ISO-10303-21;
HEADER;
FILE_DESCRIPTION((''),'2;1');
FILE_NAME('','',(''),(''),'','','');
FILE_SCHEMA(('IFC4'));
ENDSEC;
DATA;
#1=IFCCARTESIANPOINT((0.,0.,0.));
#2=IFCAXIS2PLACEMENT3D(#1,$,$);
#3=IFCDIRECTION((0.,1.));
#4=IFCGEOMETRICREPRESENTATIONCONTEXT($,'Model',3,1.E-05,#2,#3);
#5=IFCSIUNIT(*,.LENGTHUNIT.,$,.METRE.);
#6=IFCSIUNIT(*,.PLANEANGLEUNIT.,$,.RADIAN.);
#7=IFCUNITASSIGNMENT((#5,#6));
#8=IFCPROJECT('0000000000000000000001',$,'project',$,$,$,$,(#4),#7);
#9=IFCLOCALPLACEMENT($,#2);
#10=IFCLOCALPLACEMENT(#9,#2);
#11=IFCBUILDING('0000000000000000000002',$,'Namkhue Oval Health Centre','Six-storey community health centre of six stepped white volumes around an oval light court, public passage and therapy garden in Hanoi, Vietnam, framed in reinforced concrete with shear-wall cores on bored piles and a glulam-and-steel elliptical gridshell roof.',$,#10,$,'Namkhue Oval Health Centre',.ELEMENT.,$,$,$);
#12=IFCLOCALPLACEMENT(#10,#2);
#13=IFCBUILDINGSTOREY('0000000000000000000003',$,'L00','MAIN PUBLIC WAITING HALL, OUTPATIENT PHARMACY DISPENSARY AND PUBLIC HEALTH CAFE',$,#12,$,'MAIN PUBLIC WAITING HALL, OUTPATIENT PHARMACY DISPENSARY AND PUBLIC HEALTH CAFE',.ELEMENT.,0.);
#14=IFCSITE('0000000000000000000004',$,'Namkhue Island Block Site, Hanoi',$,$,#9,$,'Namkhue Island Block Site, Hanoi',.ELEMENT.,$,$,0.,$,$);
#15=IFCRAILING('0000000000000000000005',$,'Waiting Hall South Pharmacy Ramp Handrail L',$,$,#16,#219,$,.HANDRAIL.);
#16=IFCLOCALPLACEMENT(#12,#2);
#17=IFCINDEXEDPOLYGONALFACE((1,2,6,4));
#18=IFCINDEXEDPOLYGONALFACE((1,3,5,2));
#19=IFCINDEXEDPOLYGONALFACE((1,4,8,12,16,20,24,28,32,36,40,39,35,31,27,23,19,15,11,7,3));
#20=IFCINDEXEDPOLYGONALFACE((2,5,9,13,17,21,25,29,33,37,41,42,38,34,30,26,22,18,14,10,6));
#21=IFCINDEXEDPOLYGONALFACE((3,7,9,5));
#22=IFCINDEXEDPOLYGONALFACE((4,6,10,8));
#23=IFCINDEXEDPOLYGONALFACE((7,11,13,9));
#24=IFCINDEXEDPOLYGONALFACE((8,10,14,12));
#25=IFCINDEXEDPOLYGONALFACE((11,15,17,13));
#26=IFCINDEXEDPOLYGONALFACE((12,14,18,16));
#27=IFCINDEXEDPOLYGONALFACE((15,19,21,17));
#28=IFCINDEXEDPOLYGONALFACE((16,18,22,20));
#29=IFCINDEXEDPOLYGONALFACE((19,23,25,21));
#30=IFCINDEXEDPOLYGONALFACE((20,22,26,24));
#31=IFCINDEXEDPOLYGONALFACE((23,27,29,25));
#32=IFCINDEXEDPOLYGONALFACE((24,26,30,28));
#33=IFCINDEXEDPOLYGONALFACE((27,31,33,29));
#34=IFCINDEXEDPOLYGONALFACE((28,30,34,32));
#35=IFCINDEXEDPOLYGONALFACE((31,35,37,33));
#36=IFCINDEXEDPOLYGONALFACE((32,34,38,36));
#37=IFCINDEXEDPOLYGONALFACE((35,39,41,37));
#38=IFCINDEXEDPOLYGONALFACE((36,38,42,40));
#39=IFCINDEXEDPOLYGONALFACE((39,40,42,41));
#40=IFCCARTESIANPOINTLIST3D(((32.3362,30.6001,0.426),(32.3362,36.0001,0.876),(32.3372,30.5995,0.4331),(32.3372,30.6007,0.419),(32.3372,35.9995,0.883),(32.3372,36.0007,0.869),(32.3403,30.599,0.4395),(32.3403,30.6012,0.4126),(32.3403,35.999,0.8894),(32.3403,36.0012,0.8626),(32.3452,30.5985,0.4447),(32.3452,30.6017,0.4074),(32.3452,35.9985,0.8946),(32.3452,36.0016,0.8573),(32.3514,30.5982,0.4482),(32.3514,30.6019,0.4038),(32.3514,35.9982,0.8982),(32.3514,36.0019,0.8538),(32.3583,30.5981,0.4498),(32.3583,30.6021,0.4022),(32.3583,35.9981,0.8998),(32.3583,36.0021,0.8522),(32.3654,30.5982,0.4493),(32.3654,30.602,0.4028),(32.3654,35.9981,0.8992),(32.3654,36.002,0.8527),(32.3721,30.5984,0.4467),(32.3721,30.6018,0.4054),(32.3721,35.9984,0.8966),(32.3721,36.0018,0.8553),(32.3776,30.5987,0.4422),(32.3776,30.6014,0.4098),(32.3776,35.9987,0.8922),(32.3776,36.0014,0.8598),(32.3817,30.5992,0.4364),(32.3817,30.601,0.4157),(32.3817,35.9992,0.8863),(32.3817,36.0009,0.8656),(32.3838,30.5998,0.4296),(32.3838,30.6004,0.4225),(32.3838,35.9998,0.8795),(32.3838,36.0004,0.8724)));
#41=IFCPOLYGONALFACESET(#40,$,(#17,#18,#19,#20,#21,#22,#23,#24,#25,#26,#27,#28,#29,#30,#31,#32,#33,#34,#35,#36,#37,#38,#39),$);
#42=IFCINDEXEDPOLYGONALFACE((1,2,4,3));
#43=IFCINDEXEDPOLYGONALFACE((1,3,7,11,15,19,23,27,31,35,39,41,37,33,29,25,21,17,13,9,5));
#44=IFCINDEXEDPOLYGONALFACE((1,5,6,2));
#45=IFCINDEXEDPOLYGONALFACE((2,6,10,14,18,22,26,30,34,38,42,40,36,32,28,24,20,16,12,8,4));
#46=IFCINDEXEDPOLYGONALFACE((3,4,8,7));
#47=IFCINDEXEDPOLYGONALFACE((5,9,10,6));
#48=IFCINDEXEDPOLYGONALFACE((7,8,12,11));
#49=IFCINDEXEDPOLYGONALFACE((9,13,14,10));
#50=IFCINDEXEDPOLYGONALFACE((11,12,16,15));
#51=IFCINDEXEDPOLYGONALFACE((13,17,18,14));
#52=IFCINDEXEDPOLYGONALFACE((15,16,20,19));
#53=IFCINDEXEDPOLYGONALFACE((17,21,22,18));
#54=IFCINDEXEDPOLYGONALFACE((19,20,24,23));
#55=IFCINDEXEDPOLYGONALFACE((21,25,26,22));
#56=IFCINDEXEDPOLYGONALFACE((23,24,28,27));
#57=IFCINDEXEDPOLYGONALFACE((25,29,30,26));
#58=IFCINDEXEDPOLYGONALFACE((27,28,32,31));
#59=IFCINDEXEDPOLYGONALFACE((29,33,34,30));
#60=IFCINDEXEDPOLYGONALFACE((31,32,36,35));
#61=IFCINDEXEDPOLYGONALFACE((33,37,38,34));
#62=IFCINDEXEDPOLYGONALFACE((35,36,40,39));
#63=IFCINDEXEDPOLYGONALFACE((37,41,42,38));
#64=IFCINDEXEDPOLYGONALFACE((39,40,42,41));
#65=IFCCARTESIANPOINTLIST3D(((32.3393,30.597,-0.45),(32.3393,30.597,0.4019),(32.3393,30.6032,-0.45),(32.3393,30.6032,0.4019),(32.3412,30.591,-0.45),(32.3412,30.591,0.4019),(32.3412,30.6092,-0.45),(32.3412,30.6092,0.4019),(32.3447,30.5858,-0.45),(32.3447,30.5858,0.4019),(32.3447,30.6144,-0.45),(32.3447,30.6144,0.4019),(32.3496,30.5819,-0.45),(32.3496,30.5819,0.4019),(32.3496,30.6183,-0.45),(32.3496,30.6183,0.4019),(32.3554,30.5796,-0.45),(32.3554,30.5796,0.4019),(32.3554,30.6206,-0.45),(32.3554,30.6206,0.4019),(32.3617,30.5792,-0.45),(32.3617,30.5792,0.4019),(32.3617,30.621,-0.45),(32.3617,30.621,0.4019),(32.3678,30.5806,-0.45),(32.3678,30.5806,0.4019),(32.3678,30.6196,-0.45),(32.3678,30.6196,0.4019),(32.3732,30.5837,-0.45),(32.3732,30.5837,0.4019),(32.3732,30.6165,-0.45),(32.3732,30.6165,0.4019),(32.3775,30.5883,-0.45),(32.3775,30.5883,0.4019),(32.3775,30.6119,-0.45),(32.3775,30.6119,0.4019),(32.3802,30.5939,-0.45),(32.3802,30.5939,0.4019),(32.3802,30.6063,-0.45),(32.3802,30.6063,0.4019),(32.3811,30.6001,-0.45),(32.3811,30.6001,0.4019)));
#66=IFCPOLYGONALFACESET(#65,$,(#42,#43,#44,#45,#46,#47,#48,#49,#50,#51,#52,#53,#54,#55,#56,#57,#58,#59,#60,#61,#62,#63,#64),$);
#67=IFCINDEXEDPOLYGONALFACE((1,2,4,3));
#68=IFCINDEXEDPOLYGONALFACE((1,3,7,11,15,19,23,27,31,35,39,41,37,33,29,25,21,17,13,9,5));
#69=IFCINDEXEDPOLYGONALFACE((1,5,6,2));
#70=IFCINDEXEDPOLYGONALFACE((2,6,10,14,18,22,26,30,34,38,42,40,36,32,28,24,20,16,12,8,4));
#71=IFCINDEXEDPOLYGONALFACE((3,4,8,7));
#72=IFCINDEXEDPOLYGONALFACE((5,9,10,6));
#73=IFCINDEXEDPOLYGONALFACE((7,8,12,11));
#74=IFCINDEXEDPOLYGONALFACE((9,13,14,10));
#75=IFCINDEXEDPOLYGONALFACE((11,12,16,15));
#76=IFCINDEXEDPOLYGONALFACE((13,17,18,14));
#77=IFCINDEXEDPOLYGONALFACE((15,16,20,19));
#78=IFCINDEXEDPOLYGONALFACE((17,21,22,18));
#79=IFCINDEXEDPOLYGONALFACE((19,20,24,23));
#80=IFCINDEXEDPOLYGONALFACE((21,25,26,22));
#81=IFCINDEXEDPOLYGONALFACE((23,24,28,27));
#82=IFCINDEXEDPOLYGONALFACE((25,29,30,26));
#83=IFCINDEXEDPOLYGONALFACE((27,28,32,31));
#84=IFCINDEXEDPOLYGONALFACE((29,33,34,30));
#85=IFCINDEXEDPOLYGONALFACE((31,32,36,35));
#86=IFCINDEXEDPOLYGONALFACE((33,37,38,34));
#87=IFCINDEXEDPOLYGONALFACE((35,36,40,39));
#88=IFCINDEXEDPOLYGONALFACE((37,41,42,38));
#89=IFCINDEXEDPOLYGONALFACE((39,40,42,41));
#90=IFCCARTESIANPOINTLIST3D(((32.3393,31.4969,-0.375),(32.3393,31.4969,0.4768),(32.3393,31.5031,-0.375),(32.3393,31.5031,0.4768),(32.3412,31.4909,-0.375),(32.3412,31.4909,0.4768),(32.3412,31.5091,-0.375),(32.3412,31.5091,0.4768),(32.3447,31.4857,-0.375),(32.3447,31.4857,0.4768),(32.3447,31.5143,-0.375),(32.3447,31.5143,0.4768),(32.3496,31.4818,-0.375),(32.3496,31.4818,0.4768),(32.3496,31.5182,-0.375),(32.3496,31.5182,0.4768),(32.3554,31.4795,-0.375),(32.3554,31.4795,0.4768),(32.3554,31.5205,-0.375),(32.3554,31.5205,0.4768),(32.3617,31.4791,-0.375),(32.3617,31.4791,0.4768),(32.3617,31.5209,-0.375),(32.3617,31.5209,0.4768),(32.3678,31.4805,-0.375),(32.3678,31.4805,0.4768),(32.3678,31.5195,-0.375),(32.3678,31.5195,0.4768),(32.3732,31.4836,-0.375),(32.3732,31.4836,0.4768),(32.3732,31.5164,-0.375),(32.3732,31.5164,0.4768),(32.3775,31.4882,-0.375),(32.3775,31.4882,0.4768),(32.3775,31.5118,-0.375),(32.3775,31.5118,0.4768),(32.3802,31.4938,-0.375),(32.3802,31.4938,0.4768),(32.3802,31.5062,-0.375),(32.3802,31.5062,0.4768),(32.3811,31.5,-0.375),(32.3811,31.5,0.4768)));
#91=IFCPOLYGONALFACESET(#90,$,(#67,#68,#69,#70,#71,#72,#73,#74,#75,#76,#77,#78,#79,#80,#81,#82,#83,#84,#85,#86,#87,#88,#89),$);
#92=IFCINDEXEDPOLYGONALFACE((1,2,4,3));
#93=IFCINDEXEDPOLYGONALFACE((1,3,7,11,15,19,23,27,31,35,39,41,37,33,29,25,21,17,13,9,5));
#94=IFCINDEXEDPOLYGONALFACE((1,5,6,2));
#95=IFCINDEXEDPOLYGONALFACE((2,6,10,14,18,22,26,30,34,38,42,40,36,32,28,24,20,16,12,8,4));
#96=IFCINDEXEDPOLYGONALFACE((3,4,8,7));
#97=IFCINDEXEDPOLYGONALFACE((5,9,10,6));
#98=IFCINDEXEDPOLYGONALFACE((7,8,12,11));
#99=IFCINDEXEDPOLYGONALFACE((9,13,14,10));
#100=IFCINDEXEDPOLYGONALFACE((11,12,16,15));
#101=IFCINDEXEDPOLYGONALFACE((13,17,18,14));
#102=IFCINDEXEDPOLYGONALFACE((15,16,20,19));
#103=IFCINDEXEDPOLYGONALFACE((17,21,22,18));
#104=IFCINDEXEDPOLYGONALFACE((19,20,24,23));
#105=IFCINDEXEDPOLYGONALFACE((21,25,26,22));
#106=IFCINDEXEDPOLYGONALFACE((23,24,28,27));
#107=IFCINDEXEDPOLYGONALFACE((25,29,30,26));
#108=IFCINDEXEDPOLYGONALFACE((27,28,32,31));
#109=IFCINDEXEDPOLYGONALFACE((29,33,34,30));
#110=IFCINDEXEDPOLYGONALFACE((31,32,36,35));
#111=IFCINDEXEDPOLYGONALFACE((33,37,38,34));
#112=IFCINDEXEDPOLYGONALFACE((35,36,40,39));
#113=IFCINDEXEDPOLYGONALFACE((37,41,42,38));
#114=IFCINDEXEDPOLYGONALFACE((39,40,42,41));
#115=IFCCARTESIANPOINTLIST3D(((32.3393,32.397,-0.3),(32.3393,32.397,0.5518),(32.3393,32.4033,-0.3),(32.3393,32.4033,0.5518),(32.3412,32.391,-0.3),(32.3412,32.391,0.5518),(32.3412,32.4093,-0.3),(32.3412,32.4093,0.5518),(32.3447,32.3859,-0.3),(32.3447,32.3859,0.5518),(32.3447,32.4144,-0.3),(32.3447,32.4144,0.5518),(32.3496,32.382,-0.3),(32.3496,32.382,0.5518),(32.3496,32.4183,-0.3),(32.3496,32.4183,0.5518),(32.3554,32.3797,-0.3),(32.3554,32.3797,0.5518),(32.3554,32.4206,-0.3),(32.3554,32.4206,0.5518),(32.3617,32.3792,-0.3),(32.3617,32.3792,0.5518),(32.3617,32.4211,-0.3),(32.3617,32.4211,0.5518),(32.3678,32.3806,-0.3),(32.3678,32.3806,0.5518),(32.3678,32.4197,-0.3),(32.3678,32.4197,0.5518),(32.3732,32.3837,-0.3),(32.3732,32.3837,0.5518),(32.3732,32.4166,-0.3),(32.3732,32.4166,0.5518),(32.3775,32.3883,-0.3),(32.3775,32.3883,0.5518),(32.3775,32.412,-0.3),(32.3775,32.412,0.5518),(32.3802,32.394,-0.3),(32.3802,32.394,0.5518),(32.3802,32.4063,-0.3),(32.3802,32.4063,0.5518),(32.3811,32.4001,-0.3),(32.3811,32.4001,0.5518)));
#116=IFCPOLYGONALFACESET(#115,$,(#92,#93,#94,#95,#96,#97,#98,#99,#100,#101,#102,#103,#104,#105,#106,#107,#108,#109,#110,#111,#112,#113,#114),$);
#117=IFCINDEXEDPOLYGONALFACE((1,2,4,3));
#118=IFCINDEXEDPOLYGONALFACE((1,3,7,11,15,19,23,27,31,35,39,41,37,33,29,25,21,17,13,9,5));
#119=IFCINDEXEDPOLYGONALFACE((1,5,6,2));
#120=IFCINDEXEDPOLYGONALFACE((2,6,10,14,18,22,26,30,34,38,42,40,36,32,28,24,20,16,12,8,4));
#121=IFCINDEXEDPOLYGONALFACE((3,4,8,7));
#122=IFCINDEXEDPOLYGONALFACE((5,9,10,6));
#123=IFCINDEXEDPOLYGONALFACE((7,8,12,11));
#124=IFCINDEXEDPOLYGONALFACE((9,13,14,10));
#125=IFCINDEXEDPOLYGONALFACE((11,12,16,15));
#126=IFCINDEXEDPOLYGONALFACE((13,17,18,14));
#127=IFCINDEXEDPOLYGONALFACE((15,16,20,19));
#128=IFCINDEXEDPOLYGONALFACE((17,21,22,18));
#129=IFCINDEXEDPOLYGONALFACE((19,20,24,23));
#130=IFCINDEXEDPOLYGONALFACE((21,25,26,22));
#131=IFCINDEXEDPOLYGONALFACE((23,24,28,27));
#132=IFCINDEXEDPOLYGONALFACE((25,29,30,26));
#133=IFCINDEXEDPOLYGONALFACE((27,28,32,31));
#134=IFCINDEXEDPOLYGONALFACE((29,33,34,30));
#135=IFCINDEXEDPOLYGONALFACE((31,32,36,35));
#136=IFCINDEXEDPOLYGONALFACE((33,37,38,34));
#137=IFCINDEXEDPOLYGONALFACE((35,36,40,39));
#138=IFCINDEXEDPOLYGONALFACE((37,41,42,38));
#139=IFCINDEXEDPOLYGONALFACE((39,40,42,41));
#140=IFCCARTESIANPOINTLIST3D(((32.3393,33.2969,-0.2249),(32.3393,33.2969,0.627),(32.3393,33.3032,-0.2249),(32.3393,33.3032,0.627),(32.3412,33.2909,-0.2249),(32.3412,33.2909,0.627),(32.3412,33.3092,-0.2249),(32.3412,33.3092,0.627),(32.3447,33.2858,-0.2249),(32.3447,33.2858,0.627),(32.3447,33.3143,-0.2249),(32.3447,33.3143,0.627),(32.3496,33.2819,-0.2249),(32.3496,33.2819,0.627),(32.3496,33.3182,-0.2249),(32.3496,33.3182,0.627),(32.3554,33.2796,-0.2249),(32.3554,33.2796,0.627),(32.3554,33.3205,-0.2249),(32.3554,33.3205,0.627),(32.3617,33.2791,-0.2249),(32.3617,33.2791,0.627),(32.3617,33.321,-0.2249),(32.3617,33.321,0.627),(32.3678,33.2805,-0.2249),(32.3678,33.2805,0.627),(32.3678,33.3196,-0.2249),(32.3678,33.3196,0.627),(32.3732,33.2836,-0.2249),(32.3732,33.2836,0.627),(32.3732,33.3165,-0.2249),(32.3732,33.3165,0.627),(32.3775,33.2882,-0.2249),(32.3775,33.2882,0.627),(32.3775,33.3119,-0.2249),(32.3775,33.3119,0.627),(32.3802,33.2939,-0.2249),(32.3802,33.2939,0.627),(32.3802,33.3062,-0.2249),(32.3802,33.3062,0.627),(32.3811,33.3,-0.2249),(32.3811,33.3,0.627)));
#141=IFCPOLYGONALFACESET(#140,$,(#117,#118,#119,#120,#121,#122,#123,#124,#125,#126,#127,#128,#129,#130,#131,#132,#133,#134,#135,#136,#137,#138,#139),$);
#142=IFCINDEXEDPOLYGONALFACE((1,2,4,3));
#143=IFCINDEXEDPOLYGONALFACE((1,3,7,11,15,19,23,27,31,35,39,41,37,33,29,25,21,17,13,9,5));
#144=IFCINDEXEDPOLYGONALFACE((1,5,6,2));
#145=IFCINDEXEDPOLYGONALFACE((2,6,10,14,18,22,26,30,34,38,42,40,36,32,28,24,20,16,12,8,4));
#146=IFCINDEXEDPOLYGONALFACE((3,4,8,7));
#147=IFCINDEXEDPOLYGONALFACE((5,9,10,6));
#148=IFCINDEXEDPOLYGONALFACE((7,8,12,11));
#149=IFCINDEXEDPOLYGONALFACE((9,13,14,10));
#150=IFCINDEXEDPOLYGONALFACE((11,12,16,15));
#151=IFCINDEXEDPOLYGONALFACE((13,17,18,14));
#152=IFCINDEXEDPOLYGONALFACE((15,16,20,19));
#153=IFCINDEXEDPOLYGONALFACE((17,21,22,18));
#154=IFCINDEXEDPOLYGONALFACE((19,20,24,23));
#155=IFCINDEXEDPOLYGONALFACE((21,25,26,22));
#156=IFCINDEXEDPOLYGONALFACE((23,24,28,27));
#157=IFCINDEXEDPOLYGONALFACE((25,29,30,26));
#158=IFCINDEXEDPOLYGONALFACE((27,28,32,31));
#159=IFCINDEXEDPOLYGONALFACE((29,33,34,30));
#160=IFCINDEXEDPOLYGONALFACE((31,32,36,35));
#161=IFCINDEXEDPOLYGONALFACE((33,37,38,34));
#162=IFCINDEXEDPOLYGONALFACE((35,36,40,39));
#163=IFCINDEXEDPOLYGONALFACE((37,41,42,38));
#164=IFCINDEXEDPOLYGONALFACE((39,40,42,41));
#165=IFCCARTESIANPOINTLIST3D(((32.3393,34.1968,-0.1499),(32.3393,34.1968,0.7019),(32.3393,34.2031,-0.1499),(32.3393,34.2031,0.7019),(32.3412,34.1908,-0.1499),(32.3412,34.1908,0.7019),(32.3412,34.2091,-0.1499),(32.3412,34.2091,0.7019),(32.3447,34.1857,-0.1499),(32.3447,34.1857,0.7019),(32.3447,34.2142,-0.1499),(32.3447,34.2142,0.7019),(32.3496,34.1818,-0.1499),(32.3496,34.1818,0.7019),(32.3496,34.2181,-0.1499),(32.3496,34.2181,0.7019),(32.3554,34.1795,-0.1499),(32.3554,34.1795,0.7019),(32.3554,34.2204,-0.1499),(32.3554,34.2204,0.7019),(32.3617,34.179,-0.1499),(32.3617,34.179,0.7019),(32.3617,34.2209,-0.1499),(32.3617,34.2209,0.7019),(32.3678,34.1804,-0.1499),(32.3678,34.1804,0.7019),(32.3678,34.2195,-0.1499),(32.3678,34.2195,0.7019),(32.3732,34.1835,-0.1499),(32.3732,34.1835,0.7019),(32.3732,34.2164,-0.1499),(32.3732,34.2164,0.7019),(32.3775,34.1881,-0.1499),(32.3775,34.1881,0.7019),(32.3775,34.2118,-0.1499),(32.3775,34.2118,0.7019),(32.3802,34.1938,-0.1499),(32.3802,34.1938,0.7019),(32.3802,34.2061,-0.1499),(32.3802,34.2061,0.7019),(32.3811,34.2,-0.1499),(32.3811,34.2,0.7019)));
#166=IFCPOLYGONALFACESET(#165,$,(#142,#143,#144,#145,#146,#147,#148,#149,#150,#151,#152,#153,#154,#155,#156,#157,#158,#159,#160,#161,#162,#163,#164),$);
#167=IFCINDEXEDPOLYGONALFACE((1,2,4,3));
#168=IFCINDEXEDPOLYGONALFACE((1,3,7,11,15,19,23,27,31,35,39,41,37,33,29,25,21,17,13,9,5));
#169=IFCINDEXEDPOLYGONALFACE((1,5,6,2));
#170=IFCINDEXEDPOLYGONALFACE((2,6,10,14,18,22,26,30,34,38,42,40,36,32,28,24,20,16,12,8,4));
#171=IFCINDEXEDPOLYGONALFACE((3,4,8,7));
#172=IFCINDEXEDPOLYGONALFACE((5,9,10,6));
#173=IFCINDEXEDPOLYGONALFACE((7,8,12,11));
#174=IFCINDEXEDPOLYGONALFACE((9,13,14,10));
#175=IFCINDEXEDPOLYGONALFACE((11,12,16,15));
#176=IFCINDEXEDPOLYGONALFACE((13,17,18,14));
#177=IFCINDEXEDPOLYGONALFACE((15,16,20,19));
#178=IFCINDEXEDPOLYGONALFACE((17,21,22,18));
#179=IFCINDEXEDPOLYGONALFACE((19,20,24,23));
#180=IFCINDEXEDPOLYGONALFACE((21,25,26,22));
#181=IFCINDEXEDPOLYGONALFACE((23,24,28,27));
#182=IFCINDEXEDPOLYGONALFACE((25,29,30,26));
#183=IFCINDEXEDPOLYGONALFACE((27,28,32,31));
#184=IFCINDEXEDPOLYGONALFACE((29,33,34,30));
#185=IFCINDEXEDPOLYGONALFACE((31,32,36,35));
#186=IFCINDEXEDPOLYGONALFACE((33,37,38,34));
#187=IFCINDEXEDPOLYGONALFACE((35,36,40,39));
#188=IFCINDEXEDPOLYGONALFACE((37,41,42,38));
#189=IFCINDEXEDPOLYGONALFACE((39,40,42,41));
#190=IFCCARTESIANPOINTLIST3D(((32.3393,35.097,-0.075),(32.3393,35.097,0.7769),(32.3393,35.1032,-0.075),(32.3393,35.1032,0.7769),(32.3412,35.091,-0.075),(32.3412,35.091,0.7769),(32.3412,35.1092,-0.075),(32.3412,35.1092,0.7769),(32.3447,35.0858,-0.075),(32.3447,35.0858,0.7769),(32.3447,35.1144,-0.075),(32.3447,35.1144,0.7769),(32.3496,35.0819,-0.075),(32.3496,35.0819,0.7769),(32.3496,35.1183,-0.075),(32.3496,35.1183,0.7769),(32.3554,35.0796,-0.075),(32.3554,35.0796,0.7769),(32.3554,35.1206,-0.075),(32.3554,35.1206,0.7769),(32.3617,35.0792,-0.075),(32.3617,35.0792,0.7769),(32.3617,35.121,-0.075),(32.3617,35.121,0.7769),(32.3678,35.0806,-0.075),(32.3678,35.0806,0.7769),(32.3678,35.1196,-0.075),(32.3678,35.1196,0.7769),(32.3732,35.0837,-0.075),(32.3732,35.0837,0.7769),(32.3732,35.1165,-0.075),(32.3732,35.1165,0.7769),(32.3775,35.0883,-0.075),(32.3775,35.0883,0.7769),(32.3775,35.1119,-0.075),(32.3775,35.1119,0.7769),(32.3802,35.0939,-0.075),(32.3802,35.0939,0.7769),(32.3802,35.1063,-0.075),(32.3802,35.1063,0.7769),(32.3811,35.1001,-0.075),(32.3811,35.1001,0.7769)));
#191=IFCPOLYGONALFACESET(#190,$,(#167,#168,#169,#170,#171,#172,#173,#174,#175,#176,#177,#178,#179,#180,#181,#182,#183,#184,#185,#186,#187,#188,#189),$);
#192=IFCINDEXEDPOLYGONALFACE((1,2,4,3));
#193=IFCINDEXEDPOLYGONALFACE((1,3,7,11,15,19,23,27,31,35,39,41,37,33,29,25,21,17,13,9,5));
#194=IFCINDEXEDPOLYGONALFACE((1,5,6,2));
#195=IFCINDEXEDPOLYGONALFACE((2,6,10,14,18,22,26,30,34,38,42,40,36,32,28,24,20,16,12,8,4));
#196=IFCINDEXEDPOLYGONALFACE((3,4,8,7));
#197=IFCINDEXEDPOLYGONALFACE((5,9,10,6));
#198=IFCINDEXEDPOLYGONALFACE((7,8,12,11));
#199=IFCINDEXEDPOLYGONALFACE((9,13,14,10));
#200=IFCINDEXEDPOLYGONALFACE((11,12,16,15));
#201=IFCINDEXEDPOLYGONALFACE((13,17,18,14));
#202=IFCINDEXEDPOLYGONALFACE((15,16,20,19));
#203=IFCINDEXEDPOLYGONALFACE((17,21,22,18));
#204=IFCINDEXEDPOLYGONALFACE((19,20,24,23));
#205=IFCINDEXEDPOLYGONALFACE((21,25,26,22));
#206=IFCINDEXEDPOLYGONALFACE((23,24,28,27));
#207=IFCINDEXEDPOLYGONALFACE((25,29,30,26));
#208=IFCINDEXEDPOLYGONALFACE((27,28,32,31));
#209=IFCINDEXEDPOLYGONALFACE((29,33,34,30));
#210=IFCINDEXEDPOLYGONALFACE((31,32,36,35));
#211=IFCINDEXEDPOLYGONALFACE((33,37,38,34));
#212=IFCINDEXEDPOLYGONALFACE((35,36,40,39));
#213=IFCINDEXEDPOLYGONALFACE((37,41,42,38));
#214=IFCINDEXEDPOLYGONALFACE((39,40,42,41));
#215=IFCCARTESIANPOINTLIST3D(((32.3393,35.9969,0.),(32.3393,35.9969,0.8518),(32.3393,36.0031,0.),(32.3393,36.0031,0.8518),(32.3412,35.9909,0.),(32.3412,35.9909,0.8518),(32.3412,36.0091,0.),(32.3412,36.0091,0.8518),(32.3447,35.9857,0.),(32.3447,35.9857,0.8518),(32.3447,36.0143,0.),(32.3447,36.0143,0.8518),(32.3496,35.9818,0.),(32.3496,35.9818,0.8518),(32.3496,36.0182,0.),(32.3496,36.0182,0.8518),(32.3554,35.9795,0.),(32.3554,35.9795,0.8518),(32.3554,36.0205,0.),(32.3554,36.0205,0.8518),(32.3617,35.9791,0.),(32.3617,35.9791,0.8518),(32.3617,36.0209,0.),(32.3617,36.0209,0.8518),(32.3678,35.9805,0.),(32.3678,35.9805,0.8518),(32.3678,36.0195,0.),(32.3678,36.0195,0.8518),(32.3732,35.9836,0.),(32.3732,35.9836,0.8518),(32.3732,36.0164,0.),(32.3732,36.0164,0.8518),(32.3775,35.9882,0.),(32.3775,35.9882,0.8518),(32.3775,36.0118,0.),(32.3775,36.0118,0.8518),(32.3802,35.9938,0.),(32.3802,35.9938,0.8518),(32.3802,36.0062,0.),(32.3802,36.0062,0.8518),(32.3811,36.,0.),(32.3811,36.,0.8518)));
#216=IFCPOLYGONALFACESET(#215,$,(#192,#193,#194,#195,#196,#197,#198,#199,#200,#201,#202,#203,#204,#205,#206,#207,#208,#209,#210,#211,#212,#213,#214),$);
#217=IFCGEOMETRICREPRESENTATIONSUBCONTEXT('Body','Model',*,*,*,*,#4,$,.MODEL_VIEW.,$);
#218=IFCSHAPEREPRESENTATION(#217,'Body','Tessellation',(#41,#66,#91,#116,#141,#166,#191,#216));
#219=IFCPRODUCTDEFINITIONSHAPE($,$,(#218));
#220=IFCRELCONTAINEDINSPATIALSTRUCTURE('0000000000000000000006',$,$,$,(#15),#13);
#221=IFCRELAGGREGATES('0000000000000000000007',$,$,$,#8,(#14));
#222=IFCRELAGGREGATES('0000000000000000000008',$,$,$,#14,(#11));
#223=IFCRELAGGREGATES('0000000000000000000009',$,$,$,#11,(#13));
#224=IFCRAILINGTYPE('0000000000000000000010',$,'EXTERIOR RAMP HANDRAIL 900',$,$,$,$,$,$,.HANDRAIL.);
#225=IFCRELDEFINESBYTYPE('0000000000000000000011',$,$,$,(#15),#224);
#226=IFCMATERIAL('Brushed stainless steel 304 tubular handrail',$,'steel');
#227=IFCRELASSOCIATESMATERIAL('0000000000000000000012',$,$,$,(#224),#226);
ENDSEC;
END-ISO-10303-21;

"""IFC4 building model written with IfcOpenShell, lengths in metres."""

from ifc_helpers import new_model, si_unit, direction, frame, origin, origin_2d, place, context, subcontext, project, spatial, circle, extrude, material, type_object, element, save


model = new_model("IFC4")

# Units and contexts
model_context = context("Model", 3, precision=1e-05, world=origin(), true_north=direction((0.0, 1.0)))
body_context = subcontext(model_context, "Body", "Model", "MODEL_VIEW")
ifc_project = project(units=[si_unit("LENGTHUNIT", "METRE"), si_unit("PLANEANGLEUNIT", "RADIAN")], contexts=[model_context])

# Site, building, storey
site_placement = place(None, origin())
site = spatial("IfcSite", under=ifc_project, at=site_placement, Name="Namkhue Island Block Site, Hanoi", LongName="Namkhue Island Block Site, Hanoi", CompositionType="ELEMENT", RefElevation=0.0)
building_placement = place(site_placement, origin())
building = spatial("IfcBuilding", under=site, at=building_placement, Name="Namkhue Oval Health Centre", Description="Six-storey community health centre of six stepped white volumes around an oval light court, public passage and therapy garden in Hanoi, Vietnam, framed in reinforced concrete with shear-wall cores on bored piles and a glulam-and-steel elliptical gridshell roof.", LongName="Namkhue Oval Health Centre", CompositionType="ELEMENT")
storey_placement = place(building_placement, origin())
storey = spatial("IfcBuildingStorey", under=building, at=storey_placement, Name="L00", Description="MAIN PUBLIC WAITING HALL, OUTPATIENT PHARMACY DISPENSARY AND PUBLIC HEALTH CAFE", LongName="MAIN PUBLIC WAITING HALL, OUTPATIENT PHARMACY DISPENSARY AND PUBLIC HEALTH CAFE", CompositionType="ELEMENT", Elevation=0.0)

# Railing
ifc_material_1 = material(Name="Brushed stainless steel 304 tubular handrail", Category="steel")
railing_type = type_object("IfcRailingType", Name="EXTERIOR RAMP HANDRAIL 900", PredefinedType="HANDRAIL", material=ifc_material_1)
for number, where, name in (
    (1, (32.3601, 30.6001, -0.45), "Waiting Hall South Pharmacy Ramp Handrail L"),
):
    element("IfcRailing", number, at=place(storey_placement, frame(where)), inside=storey, type_object=railing_type, Name=name, PredefinedType="HANDRAIL", context=body_context, shape_type="SweptSolid", body=[
        extrude(circle(Radius=0.0239, at=origin_2d()), frame((0.0, 0.0, 0.876), z_axis=(0.0, 0.996546, 0.083038), x_axis=(-1.0, 0.0, 0.0)), (0.0, 0.0, 1.0), 5.4187),
        extrude(circle(Radius=0.021, at=origin_2d()), origin(), (0.0, 0.0, 1.0), 0.8518),
        extrude(circle(Radius=0.021, at=origin_2d()), frame((0.0, 0.8999, 0.075)), (0.0, 0.0, 1.0), 0.8518),
        extrude(circle(Radius=0.021, at=origin_2d()), frame((0.0, 1.8, 0.1499)), (0.0, 0.0, 1.0), 0.8518),
        extrude(circle(Radius=0.021, at=origin_2d()), frame((0.0, 2.7, 0.2251)), (0.0, 0.0, 1.0), 0.8518),
        extrude(circle(Radius=0.021, at=origin_2d()), frame((0.0, 3.5999, 0.3)), (0.0, 0.0, 1.0), 0.8518),
        extrude(circle(Radius=0.021, at=origin_2d()), frame((0.0, 4.5, 0.375)), (0.0, 0.0, 1.0), 0.8518),
        extrude(circle(Radius=0.021, at=origin_2d()), frame((0.0, 5.3999, 0.45)), (0.0, 0.0, 1.0), 0.8518),
    ])

save(model, "model.ifc")
